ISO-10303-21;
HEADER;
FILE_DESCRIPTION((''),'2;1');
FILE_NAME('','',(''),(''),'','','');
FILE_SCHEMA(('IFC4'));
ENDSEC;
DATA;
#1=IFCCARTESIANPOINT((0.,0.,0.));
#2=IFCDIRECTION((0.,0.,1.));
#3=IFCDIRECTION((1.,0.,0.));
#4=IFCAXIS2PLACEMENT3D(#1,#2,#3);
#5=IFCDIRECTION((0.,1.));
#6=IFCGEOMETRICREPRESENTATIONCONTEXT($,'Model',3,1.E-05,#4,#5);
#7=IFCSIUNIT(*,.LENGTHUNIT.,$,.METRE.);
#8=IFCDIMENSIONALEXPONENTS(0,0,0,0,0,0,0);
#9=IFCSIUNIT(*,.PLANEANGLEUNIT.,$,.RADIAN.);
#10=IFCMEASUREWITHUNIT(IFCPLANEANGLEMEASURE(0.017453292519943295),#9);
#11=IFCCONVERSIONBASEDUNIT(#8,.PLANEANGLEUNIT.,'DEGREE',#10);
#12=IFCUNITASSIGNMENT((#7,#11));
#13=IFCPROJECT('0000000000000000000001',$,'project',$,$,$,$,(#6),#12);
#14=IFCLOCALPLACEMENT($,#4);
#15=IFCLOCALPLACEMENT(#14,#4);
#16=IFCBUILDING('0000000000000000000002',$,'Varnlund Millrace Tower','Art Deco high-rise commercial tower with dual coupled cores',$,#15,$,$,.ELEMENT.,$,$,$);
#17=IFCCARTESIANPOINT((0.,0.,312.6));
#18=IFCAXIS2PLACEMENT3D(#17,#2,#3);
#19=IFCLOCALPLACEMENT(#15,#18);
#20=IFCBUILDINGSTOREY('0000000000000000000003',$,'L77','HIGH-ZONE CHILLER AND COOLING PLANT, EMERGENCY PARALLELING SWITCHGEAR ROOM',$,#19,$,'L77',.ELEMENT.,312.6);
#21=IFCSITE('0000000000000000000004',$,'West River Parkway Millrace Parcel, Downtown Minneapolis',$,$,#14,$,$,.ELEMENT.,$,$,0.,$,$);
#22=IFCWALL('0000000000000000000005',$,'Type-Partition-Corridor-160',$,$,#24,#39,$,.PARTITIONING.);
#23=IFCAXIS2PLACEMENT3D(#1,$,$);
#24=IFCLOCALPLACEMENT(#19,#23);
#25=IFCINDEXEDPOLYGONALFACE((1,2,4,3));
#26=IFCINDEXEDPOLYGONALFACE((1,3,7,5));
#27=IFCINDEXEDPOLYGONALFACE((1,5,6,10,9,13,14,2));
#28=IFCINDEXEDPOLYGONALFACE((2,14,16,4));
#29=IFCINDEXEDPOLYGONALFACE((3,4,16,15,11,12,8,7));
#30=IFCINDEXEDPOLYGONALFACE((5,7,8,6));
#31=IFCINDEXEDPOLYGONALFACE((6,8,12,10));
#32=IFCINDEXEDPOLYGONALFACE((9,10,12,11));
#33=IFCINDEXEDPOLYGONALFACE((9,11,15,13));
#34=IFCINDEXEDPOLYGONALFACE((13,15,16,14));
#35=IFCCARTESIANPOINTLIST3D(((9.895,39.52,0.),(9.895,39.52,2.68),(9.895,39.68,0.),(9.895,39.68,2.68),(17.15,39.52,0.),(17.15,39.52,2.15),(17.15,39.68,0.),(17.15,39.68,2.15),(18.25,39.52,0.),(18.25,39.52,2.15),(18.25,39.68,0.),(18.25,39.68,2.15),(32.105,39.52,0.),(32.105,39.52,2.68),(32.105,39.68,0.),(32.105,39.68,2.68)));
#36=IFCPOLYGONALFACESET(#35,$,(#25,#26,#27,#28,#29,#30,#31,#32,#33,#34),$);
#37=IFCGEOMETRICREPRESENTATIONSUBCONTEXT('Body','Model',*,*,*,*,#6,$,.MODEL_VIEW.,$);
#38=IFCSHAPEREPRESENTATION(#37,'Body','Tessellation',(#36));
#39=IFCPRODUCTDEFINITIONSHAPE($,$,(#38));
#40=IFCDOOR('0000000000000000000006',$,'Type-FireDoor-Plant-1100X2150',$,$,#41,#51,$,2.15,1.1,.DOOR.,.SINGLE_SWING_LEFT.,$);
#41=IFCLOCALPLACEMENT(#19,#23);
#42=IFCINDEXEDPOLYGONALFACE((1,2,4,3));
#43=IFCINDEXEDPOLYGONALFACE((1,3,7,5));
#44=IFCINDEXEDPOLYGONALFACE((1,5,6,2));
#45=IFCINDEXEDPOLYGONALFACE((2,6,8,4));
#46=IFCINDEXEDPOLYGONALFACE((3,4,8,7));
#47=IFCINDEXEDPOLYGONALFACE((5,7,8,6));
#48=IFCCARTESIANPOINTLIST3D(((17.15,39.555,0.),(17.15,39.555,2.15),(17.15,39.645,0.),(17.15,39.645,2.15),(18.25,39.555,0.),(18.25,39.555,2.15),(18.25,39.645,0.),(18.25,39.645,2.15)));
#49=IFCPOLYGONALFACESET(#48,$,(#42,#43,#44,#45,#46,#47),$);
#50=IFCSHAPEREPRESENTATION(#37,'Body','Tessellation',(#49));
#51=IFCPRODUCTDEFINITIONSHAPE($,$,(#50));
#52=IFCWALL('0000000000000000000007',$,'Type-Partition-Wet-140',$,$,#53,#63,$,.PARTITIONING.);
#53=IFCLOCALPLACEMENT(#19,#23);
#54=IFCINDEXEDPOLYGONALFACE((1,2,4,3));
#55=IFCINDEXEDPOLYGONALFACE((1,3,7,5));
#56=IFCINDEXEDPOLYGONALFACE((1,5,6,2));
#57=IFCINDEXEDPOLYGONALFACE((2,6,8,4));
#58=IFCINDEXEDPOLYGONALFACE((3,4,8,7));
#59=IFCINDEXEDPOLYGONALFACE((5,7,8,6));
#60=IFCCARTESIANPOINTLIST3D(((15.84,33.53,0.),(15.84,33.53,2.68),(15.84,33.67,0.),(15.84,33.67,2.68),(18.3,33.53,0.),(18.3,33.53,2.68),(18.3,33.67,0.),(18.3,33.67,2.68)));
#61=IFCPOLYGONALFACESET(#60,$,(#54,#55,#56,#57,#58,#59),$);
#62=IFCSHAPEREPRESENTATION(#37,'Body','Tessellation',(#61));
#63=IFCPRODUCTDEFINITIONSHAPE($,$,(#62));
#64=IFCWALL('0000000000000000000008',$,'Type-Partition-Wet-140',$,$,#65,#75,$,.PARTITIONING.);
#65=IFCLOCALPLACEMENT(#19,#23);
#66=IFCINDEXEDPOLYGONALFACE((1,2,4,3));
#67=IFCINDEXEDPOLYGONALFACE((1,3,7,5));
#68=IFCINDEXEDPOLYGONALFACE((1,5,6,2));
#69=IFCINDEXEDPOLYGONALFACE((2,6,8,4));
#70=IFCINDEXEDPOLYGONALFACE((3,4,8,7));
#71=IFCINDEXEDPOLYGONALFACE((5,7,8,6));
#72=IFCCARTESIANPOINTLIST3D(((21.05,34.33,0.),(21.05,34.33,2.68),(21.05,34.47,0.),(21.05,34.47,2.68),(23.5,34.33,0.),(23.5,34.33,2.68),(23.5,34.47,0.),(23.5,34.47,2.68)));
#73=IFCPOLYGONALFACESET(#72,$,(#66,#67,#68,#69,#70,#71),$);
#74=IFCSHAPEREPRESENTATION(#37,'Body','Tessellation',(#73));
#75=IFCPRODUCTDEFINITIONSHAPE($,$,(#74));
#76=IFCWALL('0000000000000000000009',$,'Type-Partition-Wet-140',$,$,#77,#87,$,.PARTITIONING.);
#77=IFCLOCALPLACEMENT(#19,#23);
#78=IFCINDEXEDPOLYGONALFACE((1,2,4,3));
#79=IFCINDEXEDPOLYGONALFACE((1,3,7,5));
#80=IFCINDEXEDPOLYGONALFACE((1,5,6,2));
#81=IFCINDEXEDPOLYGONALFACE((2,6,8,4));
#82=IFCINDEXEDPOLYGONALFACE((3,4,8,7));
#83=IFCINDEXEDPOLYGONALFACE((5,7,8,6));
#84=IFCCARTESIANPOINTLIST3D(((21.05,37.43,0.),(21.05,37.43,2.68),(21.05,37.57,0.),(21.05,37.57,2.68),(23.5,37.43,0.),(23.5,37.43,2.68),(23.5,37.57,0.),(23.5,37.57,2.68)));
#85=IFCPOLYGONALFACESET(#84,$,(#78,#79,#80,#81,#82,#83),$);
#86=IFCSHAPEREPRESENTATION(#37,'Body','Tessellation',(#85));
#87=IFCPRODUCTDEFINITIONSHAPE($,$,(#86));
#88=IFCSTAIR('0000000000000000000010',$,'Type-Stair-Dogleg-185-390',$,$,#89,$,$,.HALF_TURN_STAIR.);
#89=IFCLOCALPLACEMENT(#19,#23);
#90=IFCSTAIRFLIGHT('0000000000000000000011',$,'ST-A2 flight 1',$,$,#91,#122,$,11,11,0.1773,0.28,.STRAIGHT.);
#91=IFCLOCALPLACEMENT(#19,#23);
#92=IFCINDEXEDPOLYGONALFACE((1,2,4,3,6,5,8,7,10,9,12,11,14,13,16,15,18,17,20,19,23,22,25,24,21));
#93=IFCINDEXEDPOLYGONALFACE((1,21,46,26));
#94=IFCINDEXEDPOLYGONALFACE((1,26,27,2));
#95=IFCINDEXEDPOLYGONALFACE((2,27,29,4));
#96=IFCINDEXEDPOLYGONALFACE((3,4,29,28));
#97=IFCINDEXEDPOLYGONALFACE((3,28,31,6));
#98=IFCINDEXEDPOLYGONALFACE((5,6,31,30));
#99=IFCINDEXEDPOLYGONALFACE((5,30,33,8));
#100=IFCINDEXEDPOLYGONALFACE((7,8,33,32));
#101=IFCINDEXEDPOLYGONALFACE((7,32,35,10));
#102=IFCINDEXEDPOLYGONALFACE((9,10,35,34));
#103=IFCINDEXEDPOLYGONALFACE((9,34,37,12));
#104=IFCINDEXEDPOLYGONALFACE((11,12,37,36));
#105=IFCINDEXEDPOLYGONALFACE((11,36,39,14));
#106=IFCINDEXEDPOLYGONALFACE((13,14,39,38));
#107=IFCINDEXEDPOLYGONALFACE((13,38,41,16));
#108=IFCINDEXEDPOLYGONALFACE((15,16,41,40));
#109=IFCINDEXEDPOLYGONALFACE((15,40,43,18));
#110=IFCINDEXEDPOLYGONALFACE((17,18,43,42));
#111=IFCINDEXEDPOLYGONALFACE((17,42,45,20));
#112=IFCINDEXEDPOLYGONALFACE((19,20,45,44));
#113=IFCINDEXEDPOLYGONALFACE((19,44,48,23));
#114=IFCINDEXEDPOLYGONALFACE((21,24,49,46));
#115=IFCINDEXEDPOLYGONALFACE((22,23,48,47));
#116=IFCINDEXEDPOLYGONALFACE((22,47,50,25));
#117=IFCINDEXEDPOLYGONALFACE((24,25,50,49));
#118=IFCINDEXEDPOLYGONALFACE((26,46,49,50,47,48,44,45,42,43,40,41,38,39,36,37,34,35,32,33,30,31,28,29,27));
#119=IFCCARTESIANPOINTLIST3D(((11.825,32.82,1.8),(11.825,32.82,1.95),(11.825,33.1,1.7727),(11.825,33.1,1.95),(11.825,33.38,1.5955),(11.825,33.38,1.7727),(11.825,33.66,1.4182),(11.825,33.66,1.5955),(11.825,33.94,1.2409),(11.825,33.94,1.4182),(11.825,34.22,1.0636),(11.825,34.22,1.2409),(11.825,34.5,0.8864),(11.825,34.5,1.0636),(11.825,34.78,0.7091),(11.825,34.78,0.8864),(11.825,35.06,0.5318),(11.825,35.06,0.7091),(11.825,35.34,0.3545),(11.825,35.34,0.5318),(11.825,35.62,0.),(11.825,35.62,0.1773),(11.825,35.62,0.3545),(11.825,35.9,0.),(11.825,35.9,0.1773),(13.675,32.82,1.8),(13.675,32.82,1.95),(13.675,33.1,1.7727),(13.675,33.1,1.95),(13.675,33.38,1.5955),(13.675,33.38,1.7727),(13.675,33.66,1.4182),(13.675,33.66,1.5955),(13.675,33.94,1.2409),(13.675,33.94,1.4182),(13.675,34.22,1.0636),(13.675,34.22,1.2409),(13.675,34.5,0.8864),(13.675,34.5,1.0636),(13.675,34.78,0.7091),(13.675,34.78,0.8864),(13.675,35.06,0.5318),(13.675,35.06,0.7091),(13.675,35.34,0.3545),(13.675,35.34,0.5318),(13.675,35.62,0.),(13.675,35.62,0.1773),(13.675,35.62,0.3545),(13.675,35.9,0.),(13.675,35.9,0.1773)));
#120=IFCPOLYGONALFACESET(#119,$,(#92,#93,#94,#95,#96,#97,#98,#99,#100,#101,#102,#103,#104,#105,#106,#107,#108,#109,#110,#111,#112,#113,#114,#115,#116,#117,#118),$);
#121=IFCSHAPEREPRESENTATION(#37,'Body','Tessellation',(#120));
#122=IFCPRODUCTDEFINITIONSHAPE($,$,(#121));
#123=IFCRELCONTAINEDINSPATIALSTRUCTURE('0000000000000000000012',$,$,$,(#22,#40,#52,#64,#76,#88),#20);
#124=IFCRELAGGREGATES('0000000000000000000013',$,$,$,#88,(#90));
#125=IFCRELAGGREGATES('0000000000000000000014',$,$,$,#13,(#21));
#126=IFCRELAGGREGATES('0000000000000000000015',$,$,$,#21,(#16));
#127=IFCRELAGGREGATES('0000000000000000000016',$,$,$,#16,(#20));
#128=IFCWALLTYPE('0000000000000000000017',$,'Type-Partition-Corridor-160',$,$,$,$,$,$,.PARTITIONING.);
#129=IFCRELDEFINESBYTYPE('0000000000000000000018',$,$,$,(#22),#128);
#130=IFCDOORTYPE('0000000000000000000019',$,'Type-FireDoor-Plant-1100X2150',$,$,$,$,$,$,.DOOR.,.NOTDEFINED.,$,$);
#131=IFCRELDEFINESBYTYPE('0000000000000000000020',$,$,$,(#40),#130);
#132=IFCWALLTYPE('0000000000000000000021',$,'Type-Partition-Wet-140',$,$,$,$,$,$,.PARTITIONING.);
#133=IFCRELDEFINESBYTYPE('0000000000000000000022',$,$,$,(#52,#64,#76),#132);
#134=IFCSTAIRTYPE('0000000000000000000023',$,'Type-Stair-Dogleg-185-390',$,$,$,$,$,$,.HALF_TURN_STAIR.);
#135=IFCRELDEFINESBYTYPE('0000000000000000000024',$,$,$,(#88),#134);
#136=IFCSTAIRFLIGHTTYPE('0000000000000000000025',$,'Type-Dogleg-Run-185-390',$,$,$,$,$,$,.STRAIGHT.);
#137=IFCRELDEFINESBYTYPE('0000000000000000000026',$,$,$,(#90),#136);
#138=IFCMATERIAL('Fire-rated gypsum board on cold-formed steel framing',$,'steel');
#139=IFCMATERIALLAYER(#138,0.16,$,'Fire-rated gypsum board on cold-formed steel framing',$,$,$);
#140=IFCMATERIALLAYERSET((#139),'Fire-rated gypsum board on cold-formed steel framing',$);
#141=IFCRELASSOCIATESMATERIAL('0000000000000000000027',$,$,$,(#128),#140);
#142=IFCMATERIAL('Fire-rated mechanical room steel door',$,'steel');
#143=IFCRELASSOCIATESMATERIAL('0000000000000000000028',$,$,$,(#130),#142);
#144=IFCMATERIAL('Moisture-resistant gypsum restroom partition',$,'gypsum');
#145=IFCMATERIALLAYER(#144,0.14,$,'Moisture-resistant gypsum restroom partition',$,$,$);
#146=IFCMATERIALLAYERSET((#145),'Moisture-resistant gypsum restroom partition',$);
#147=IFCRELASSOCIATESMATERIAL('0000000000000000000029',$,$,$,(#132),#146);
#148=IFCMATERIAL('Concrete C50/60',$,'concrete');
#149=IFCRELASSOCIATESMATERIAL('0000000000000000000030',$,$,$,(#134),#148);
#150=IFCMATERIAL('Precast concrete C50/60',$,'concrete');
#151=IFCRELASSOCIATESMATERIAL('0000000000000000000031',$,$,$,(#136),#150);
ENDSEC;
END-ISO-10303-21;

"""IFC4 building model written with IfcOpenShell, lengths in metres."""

from ifc_helpers import new_model, entity, si_unit, converted_unit, direction, frame, origin_with_axes, origin_2d_with_axis, place, context, subcontext, project, spatial, polyline, rectangle, outline, extrude, material, layer, layer_set, type_object, element, fill, aggregate, save


model = new_model("IFC4")

# Units and contexts
model_context = context("Model", 3, precision=1e-05, world=origin_with_axes(), true_north=direction((0.0, 1.0)))
body_context = subcontext(model_context, "Body", "Model", "MODEL_VIEW")
ifc_project = project(units=[si_unit("LENGTHUNIT", "METRE"), converted_unit("PLANEANGLEUNIT", "DEGREE", entity("IfcPlaneAngleMeasure", 0.017453292519943295), si_unit("PLANEANGLEUNIT", "RADIAN"), dimensions=[0, 0, 0, 0, 0, 0, 0])], contexts=[model_context])

# Site, building, storey
site_placement = place(None, origin_with_axes())
site = spatial("IfcSite", under=ifc_project, at=site_placement, Name="West River Parkway Millrace Parcel, Downtown Minneapolis", CompositionType="ELEMENT", RefElevation=0.0)
building_placement = place(site_placement, origin_with_axes())
building = spatial("IfcBuilding", under=site, at=building_placement, Name="Varnlund Millrace Tower", Description="Art Deco high-rise commercial tower with dual coupled cores", CompositionType="ELEMENT")
storey_placement = place(building_placement, frame((0.0, 0.0, 312.6), z_axis=(0.0, 0.0, 1.0), x_axis=(1.0, 0.0, 0.0)))
storey = spatial("IfcBuildingStorey", under=building, at=storey_placement, Name="L77", Description="HIGH-ZONE CHILLER AND COOLING PLANT, EMERGENCY PARALLELING SWITCHGEAR ROOM", LongName="L77", CompositionType="ELEMENT", Elevation=312.6)

# Shared definitions
ifc_material_1 = material(Name="Precast concrete C50/60", Category="concrete")

# Wall, opening, door
ifc_material_2 = material(Name="Fire-rated gypsum board on cold-formed steel framing", Category="steel")
ifc_layer_1 = layer(ifc_material_2, 0.16, Name="Fire-rated gypsum board on cold-formed steel framing")
ifc_layer_set_1 = layer_set([ifc_layer_1], Name="Fire-rated gypsum board on cold-formed steel framing")
wall_type_1 = type_object("IfcWallType", Name="Type-Partition-Corridor-160", PredefinedType="PARTITIONING", material=ifc_layer_set_1)
wall_1_placement = place(storey_placement, frame((9.895, 39.6, 0.0), z_axis=(0.0, 0.0, 1.0), x_axis=(1.0, 0.0, 0.0)))
wall_1 = element("IfcWall", 1, at=wall_1_placement, inside=storey, type_object=wall_type_1, Name="Type-Partition-Corridor-160", PredefinedType="PARTITIONING", context=body_context, shape_type="SweptSolid", body=[
    extrude(outline(polyline([(0.0, -0.08), (22.21, -0.08), (22.21, 0.08), (0.0, 0.08), (0.0, -0.08)])), origin_with_axes(), (0.0, 0.0, 1.0), 2.68),
])
opening_1_placement = place(wall_1_placement, frame((7.805, 0.0, 0.0), z_axis=(0.0, 0.0, 1.0), x_axis=(1.0, 0.0, 0.0)))
opening_1 = element("IfcOpeningElement", 2, at=opening_1_placement, cuts=wall_1, PredefinedType="OPENING", context=body_context, shape_type="SweptSolid", body=[
    extrude(rectangle(XDim=1.1, YDim=0.18, at=origin_2d_with_axis()), origin_with_axes(), (0.0, 0.0, 1.0), 2.15),
])
ifc_material_3 = material(Name="Fire-rated mechanical room steel door", Category="steel")
door_type_1 = type_object("IfcDoorType", Name="Type-FireDoor-Plant-1100X2150", OperationType="NOTDEFINED", PredefinedType="DOOR", material=ifc_material_3)
door_1_placement = place(wall_1_placement, frame((7.805, 0.0, 0.0), z_axis=(0.0, 0.0, 1.0), x_axis=(1.0, 0.0, 0.0)))
door_1 = element("IfcDoor", 3, at=door_1_placement, inside=storey, type_object=door_type_1, Name="Type-FireDoor-Plant-1100X2150", OperationType="SINGLE_SWING_LEFT", OverallHeight=2.15, OverallWidth=1.1, PredefinedType="DOOR", context=body_context, shape_type="SweptSolid", body=[
    extrude(rectangle(XDim=1.1, YDim=0.09, at=origin_2d_with_axis()), origin_with_axes(), (0.0, 0.0, 1.0), 2.15),
])
fill(opening_1, door_1)

# Walls
ifc_material_4 = material(Name="Moisture-resistant gypsum restroom partition", Category="gypsum")
ifc_layer_2 = layer(ifc_material_4, 0.14, Name="Moisture-resistant gypsum restroom partition")
ifc_layer_set_2 = layer_set([ifc_layer_2], Name="Moisture-resistant gypsum restroom partition")
wall_type_2 = type_object("IfcWallType", Name="Type-Partition-Wet-140", PredefinedType="PARTITIONING", material=ifc_layer_set_2)
wall_2_placement = place(storey_placement, frame((15.84, 33.6, 0.0), z_axis=(0.0, 0.0, 1.0), x_axis=(1.0, 0.0, 0.0)))
element("IfcWall", 4, at=wall_2_placement, inside=storey, type_object=wall_type_2, Name="Type-Partition-Wet-140", PredefinedType="PARTITIONING", context=body_context, shape_type="SweptSolid", body=[
    extrude(outline(polyline([(0.0, -0.07), (2.46, -0.07), (2.46, 0.07), (0.0, 0.07), (0.0, -0.07)])), origin_with_axes(), (0.0, 0.0, 1.0), 2.68),
])
for number, where, z_axis, x_axis, name in (
    (5, (21.05, 34.4, 0.0), (0.0, 0.0, 1.0), (1.0, 0.0, 0.0), "Type-Partition-Wet-140"),
    (6, (21.05, 37.5, 0.0), (0.0, 0.0, 1.0), (1.0, 0.0, 0.0), "Type-Partition-Wet-140"),
):
    element("IfcWall", number, at=place(storey_placement, frame(where, z_axis=z_axis, x_axis=x_axis)), inside=storey, type_object=wall_type_2, Name=name, PredefinedType="PARTITIONING", context=body_context, shape_type="SweptSolid", body=[
        extrude(outline(polyline([(0.0, -0.07), (2.45, -0.07), (2.45, 0.07), (0.0, 0.07), (0.0, -0.07)])), origin_with_axes(), (0.0, 0.0, 1.0), 2.68),
    ])

# Stair, stair flight
ifc_material_5 = material(Name="Concrete C50/60", Category="concrete")
stair_type = type_object("IfcStairType", Name="Type-Stair-Dogleg-185-390", PredefinedType="HALF_TURN_STAIR", material=ifc_material_5)
stair_placement = place(storey_placement, origin_with_axes())
stair = element("IfcStair", 7, at=stair_placement, inside=storey, type_object=stair_type, Name="Type-Stair-Dogleg-185-390", PredefinedType="HALF_TURN_STAIR")
stair_flight_type = type_object("IfcStairFlightType", Name="Type-Dogleg-Run-185-390", PredefinedType="STRAIGHT", material=ifc_material_1)
stair_flight_placement = place(storey_placement, frame((13.675, 35.9, 0.0), z_axis=(-1.0, 0.0, 0.0), x_axis=(0.0, -1.0, 0.0)))
stair_flight = element("IfcStairFlight", 8, at=stair_flight_placement, type_object=stair_flight_type, Name="ST-A2 flight 1", NumberOfRisers=11, NumberOfTreads=11, PredefinedType="STRAIGHT", RiserHeight=0.1773, TreadLength=0.28, context=body_context, shape_type="SweptSolid", body=[
    extrude(outline(polyline([(0.0, 0.0), (0.0, 0.1773), (0.28, 0.1773), (0.28, 0.3545), (0.56, 0.3545), (0.56, 0.5318), (0.84, 0.5318), (0.84, 0.7091), (1.12, 0.7091), (1.12, 0.8864), (1.4, 0.8864), (1.4, 1.0636), (1.68, 1.0636), (1.68, 1.2409), (1.96, 1.2409), (1.96, 1.4182), (2.24, 1.4182), (2.24, 1.5955), (2.52, 1.5955), (2.52, 1.7727), (2.8, 1.7727), (2.8, 1.95), (3.08, 1.95), (3.08, 1.8), (0.28, 0.0), (0.0, 0.0)])), origin_with_axes(), (0.0, 0.0, 1.0), 1.85),
])
aggregate(stair, [stair_flight])

save(model, "model.ifc")
